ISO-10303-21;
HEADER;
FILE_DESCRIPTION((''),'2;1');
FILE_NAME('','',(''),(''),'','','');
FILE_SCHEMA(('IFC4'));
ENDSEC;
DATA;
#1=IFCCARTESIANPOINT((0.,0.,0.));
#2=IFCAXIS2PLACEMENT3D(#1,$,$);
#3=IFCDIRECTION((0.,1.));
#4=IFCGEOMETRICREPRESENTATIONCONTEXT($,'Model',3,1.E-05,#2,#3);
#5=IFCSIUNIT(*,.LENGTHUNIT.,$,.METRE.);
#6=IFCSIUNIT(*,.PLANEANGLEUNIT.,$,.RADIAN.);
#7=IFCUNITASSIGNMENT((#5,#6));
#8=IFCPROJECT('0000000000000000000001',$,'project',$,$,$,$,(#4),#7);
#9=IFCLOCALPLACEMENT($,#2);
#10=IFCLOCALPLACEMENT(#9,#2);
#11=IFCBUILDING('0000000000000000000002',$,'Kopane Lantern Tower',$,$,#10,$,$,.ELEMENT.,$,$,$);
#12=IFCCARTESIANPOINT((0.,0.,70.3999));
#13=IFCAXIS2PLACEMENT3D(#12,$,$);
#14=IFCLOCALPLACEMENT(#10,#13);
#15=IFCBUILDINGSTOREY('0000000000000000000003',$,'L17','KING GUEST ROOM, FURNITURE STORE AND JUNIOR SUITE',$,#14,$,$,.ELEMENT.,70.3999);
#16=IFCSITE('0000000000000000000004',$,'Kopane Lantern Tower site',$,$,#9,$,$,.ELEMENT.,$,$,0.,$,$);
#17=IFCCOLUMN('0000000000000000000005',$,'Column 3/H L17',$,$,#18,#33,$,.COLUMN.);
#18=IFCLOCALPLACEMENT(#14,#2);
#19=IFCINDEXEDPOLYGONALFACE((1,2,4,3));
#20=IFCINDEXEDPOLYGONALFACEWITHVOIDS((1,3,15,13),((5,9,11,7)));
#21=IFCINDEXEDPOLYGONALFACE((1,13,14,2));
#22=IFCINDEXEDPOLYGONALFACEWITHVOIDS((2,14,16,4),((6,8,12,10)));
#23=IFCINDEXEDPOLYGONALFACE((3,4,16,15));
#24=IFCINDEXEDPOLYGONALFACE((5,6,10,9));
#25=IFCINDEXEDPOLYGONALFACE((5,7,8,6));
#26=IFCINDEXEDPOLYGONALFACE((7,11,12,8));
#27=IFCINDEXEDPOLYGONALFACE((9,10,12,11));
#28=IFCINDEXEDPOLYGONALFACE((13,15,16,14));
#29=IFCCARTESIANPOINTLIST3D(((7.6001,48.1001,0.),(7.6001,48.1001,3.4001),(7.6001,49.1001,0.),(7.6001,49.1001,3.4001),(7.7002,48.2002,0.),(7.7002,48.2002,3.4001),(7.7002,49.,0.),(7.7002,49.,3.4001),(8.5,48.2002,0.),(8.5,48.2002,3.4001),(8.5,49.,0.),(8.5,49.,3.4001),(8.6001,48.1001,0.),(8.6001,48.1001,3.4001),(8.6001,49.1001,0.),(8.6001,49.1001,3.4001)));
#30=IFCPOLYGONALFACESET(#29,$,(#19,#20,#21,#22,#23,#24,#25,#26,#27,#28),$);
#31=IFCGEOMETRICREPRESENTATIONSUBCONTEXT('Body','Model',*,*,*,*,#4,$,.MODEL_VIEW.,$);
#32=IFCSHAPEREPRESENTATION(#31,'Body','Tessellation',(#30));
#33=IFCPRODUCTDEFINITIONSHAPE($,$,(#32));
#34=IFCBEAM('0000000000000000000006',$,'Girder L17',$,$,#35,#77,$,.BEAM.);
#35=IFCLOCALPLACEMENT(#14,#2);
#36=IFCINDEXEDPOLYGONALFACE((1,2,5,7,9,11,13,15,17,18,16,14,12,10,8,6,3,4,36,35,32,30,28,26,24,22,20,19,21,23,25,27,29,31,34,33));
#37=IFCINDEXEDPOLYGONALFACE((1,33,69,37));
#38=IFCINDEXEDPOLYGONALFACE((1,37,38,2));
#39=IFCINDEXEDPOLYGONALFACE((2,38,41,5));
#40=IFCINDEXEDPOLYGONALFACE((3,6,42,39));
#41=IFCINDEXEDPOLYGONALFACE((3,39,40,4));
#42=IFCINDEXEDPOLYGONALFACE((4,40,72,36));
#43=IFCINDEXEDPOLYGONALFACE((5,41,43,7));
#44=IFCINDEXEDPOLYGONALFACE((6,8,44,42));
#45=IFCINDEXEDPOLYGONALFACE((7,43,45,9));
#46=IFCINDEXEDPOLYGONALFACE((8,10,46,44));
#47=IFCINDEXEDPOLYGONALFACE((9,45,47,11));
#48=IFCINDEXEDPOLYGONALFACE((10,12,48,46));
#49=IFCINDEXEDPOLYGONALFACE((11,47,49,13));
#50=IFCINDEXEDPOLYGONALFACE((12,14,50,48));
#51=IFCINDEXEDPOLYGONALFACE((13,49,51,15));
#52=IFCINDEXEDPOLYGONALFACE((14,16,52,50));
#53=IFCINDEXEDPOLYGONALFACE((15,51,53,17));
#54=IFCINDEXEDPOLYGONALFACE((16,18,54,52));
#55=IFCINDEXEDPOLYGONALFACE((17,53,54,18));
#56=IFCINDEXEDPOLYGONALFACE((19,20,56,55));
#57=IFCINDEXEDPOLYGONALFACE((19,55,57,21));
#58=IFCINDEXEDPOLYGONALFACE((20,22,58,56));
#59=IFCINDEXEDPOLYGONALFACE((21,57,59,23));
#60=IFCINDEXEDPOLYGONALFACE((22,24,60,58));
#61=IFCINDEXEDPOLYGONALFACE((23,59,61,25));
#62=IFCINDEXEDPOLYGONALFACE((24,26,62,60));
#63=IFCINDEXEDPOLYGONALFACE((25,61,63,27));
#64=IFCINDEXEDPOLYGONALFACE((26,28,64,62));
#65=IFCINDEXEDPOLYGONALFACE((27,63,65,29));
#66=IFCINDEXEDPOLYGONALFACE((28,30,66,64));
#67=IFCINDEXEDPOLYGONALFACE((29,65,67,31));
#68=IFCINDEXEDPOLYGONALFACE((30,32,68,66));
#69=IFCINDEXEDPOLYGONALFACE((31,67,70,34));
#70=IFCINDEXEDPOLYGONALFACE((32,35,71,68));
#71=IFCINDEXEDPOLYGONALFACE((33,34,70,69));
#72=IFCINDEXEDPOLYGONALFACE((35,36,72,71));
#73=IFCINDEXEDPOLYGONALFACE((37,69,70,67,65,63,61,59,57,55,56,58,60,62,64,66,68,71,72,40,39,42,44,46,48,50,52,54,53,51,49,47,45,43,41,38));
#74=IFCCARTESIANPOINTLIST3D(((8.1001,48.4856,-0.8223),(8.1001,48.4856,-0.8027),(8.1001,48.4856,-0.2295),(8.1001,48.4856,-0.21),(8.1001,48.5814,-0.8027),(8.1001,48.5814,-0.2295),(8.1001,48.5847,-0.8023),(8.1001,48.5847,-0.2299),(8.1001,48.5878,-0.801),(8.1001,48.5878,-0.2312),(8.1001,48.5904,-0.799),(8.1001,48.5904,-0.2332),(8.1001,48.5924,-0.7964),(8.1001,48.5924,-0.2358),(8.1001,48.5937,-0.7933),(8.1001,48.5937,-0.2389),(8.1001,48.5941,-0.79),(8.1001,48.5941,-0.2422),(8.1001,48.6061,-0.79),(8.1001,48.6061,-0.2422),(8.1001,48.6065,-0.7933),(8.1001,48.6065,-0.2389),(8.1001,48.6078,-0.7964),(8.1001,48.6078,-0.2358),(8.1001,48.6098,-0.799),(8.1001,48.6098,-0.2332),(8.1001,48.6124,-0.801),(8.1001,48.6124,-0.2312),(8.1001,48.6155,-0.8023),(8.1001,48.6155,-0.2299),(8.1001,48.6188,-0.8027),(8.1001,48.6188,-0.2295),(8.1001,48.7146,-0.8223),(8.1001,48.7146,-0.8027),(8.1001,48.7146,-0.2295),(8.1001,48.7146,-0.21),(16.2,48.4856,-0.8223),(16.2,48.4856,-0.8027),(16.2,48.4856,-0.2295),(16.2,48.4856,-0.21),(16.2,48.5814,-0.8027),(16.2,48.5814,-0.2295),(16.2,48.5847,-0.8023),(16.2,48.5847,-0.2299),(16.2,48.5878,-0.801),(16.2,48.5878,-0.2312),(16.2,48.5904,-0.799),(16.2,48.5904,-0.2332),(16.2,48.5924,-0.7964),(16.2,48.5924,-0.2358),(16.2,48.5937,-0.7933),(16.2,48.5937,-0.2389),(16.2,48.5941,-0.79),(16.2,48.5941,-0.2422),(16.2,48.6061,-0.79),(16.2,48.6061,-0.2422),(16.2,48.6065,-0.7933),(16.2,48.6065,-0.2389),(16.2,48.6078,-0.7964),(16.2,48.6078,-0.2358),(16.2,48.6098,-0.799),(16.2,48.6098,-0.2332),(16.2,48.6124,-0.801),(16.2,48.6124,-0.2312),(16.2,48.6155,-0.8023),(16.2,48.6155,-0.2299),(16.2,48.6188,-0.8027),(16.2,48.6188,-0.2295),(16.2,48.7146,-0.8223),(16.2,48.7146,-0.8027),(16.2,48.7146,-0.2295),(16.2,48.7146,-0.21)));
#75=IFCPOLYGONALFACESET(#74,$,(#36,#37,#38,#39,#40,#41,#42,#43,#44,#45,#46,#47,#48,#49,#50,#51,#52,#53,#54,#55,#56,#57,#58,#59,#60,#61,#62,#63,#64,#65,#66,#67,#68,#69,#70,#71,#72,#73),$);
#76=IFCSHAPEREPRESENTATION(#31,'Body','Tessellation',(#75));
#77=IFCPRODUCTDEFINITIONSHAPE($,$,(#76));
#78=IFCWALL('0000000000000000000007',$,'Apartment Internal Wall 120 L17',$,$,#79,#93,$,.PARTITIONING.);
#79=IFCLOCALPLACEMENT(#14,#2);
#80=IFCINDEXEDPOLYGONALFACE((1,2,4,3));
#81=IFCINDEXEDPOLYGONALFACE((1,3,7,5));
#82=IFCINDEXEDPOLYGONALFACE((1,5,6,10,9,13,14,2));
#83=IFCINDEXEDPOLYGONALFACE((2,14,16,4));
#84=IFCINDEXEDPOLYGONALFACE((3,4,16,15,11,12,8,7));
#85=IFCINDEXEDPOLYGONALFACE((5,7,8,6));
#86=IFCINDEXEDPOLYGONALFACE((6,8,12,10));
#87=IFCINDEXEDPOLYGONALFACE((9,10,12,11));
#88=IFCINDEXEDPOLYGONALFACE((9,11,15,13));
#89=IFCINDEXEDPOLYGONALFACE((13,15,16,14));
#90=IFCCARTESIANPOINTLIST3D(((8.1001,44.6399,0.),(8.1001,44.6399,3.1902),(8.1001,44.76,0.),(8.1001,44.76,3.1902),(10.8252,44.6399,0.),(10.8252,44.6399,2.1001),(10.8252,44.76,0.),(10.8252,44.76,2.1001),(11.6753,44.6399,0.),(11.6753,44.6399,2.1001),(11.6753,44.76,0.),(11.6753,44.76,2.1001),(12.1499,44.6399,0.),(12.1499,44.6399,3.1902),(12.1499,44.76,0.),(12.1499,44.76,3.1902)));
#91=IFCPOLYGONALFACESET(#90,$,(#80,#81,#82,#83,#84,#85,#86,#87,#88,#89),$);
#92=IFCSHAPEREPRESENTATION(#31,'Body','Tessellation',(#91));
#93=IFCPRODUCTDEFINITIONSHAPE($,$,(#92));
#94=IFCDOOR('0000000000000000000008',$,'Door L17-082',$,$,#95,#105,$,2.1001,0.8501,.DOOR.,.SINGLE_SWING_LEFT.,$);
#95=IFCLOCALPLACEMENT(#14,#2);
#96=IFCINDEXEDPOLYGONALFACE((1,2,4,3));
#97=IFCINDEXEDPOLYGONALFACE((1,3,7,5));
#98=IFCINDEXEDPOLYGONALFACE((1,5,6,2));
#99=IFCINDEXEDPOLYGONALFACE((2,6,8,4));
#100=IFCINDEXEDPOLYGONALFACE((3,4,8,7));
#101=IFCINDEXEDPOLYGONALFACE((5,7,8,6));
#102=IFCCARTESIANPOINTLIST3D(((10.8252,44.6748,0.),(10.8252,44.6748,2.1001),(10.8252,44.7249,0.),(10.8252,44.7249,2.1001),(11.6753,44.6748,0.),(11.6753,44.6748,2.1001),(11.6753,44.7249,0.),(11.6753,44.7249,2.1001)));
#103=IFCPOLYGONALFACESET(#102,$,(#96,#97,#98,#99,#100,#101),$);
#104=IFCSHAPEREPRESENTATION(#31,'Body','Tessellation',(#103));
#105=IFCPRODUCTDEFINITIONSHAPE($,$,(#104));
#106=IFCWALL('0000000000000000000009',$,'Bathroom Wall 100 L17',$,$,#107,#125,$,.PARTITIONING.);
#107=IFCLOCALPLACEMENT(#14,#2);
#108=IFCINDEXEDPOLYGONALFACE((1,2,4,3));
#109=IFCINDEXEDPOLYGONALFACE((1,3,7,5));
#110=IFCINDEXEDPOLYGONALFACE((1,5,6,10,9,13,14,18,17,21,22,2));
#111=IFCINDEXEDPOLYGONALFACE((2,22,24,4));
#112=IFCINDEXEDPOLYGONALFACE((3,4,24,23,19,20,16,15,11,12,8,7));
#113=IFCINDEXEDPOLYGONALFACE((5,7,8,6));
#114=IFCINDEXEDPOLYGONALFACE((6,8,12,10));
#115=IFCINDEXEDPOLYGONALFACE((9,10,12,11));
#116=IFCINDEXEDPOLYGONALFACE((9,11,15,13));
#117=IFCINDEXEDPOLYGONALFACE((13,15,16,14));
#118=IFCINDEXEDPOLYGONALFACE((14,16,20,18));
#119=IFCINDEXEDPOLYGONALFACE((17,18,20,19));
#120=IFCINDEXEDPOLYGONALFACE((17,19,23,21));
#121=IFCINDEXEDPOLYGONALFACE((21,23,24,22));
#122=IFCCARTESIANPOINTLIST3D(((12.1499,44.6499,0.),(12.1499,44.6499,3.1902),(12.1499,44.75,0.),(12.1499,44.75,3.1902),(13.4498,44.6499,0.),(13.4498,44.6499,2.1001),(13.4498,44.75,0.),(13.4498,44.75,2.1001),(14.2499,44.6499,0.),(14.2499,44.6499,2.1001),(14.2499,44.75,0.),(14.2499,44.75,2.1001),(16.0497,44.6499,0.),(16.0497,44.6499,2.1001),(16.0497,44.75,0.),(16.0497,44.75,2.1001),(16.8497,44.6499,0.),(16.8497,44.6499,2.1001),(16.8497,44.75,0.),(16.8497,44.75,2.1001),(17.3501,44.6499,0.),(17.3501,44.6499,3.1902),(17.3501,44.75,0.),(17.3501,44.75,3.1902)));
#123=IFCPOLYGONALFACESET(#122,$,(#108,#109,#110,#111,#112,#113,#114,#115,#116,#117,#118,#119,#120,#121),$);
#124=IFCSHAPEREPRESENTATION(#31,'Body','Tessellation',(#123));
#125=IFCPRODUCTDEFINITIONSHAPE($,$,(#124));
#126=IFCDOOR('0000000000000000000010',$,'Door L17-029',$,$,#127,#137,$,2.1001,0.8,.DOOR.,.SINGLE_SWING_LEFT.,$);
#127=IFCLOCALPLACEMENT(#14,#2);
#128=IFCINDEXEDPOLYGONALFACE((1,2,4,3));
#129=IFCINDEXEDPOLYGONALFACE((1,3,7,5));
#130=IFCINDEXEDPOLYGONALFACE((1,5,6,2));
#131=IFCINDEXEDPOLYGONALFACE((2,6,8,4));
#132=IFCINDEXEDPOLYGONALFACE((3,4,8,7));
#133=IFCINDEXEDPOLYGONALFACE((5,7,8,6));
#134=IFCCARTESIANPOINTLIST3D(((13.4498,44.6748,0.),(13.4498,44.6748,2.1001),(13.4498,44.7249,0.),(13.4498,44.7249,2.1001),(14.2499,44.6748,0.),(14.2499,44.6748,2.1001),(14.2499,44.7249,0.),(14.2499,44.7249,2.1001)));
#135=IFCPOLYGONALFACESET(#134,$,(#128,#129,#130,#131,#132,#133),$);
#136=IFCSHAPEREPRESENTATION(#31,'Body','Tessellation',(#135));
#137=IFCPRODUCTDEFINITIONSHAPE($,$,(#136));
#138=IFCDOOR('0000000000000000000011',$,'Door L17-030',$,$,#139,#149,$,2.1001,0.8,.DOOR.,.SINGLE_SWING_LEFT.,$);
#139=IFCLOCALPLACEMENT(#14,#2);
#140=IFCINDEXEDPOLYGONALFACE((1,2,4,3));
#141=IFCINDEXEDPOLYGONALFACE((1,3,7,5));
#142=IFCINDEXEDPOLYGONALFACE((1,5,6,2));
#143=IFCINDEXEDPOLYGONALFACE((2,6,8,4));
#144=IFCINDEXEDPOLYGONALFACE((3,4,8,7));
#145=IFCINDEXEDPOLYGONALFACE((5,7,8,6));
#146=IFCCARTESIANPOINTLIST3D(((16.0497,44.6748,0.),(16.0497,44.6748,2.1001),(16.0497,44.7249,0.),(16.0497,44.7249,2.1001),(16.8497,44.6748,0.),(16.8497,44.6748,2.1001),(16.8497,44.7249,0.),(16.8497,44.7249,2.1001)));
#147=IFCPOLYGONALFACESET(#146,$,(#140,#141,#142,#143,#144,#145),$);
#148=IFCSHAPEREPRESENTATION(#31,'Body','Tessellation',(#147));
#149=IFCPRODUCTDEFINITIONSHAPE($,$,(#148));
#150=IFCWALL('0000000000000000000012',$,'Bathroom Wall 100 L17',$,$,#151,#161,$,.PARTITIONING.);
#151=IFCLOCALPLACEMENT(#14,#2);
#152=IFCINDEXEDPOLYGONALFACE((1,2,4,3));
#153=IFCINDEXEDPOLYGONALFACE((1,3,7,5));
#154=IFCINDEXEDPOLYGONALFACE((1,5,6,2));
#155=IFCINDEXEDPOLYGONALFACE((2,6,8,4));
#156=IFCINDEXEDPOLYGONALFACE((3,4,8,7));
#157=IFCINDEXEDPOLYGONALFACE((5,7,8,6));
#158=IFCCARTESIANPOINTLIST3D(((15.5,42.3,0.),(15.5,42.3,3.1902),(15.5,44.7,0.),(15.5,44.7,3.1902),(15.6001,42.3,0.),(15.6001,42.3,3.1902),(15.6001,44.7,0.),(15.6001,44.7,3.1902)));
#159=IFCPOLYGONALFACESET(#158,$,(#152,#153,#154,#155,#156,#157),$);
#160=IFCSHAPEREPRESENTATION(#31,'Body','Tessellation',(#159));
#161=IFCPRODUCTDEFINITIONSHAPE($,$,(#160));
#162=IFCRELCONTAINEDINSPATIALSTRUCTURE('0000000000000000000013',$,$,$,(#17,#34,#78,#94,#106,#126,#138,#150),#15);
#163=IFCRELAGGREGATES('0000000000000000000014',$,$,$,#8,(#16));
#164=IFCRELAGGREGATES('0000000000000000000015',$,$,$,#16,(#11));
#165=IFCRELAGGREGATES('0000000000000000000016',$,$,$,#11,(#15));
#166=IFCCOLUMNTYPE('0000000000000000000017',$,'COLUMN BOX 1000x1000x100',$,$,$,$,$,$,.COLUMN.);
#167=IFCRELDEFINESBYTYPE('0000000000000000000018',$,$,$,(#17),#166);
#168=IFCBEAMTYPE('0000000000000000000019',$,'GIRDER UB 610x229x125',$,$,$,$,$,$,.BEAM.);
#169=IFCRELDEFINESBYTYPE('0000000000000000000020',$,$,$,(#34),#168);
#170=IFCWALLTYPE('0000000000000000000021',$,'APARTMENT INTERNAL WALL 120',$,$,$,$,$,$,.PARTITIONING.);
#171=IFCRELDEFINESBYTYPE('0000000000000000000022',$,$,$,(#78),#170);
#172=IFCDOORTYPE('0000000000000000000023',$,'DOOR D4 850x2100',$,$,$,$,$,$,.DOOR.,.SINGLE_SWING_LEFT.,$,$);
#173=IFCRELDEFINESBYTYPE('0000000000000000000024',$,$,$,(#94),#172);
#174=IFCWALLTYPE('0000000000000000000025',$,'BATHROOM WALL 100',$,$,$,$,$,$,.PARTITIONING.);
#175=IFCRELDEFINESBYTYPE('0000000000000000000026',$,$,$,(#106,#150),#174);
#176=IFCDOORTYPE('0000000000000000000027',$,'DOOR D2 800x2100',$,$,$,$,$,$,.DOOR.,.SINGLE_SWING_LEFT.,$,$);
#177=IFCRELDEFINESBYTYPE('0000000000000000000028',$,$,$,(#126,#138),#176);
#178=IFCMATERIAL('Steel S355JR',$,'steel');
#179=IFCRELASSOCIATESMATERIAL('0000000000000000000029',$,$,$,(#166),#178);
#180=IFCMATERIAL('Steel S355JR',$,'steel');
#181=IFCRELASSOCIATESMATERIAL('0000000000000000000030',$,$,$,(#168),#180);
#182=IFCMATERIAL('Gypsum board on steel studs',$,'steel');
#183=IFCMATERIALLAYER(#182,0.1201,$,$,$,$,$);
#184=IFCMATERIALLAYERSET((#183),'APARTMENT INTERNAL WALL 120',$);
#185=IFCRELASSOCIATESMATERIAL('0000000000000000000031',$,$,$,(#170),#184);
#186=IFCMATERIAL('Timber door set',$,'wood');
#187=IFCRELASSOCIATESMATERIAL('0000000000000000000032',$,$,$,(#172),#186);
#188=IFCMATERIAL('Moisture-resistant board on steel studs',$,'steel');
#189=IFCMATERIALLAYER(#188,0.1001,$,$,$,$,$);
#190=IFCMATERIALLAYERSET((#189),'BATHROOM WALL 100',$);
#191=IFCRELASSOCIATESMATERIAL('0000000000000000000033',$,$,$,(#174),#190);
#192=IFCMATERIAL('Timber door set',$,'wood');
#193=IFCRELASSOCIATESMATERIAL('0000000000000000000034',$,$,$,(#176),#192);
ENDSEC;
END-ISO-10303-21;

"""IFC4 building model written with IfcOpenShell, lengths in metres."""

from ifc_helpers import new_model, si_unit, direction, frame, frame_2d, origin, origin_2d, place, context, subcontext, project, spatial, rectangle, hollow_rectangle, i_section, extrude, material, layer, layer_set, material_profile, profile_set, type_object, element, fill, save


model = new_model("IFC4")

# Units and contexts
model_context = context("Model", 3, precision=1e-05, world=origin(), true_north=direction((0.0, 1.0)))
body_context = subcontext(model_context, "Body", "Model", "MODEL_VIEW")
ifc_project = project(units=[si_unit("LENGTHUNIT", "METRE"), si_unit("PLANEANGLEUNIT", "RADIAN")], contexts=[model_context])

# Site, building, storey
site_placement = place(None, origin())
site = spatial("IfcSite", under=ifc_project, at=site_placement, Name="Kopane Lantern Tower site", CompositionType="ELEMENT", RefElevation=0.0)
building_placement = place(site_placement, origin())
building = spatial("IfcBuilding", under=site, at=building_placement, Name="Kopane Lantern Tower", CompositionType="ELEMENT")
storey_placement = place(building_placement, frame((0.0, 0.0, 70.3999)))
storey = spatial("IfcBuildingStorey", under=building, at=storey_placement, Name="L17", Description="KING GUEST ROOM, FURNITURE STORE AND JUNIOR SUITE", CompositionType="ELEMENT", Elevation=70.3999)

# Column
ifc_material_1 = material(Name="Steel S355JR", Category="steel")
ifc_material_profile_1 = material_profile(ifc_material_1, hollow_rectangle(XDim=1.0, YDim=1.0, WallThickness=0.1001, at=origin_2d()), Name="BOX 1000x1000x100")
ifc_profile_set_1 = profile_set([ifc_material_profile_1], Name="Steel S355JR")
column_type = type_object("IfcColumnType", Name="COLUMN BOX 1000x1000x100", PredefinedType="COLUMN", material=ifc_profile_set_1)
column_placement = place(storey_placement, frame((8.1001, 48.6001, 0.0), z_axis=(0.0, 0.0, 1.0), x_axis=(1.0, 0.0, 0.0)))
element("IfcColumn", 1, at=column_placement, inside=storey, type_object=column_type, Name="Column 3/H L17", PredefinedType="COLUMN", context=body_context, shape_type="SweptSolid", body=[
    extrude(hollow_rectangle(XDim=1.0, YDim=1.0, WallThickness=0.1001, at=origin_2d()), origin(), (0.0, 0.0, 1.0), 3.4001),
])

# Beam
ifc_material_2 = material(Name="Steel S355JR", Category="steel")
ifc_material_profile_2 = material_profile(ifc_material_2, i_section(OverallWidth=0.229, OverallDepth=0.6123, WebThickness=0.012, FlangeThickness=0.0195, FilletRadius=0.0127, at=origin_2d()), Name="UB 610x229x125")
ifc_profile_set_2 = profile_set([ifc_material_profile_2], Name="Steel S355JR")
beam_type = type_object("IfcBeamType", Name="GIRDER UB 610x229x125", PredefinedType="BEAM", material=ifc_profile_set_2)
beam_placement = place(storey_placement, frame((8.1001, 48.6001, -0.5161), z_axis=(1.0, 0.0, 0.0), x_axis=(0.0, 1.0, 0.0)))
element("IfcBeam", 2, at=beam_placement, inside=storey, type_object=beam_type, Name="Girder L17", PredefinedType="BEAM", context=body_context, shape_type="SweptSolid", body=[
    extrude(i_section(OverallWidth=0.229, OverallDepth=0.6123, WebThickness=0.012, FlangeThickness=0.0195, FilletRadius=0.0127, at=origin_2d()), origin(), (0.0, 0.0, 1.0), 8.0999),
])

# Wall, opening, door
ifc_material_3 = material(Name="Gypsum board on steel studs", Category="steel")
ifc_layer_1 = layer(ifc_material_3, 0.1201)
ifc_layer_set_1 = layer_set([ifc_layer_1], Name="APARTMENT INTERNAL WALL 120")
wall_type_1 = type_object("IfcWallType", Name="APARTMENT INTERNAL WALL 120", PredefinedType="PARTITIONING", material=ifc_layer_set_1)
wall_1_placement = place(storey_placement, frame((8.1001, 44.7, 0.0), z_axis=(0.0, 0.0, 1.0), x_axis=(1.0, 0.0, 0.0)))
wall_1 = element("IfcWall", 3, at=wall_1_placement, inside=storey, type_object=wall_type_1, Name="Apartment Internal Wall 120 L17", PredefinedType="PARTITIONING", context=body_context, shape_type="SweptSolid", body=[
    extrude(rectangle(XDim=4.0498, YDim=0.1201, at=frame_2d((2.0249, 0.0))), origin(), (0.0, 0.0, 1.0), 3.1902),
])
opening_1_placement = place(wall_1_placement, frame((2.7251, 0.0, 0.0)))
opening_1 = element("IfcOpeningElement", 4, at=opening_1_placement, cuts=wall_1, PredefinedType="OPENING", context=body_context, shape_type="SweptSolid", body=[
    extrude(rectangle(XDim=0.8501, YDim=2.1001, at=frame_2d((0.425, 1.05))), frame((0.0, 0.0701, 0.0), z_axis=(0.0, -1.0, 0.0), x_axis=(1.0, 0.0, 0.0)), (0.0, 0.0, 1.0), 0.1401),
])
ifc_material_4 = material(Name="Timber door set", Category="wood")
door_type_1 = type_object("IfcDoorType", Name="DOOR D4 850x2100", OperationType="SINGLE_SWING_LEFT", PredefinedType="DOOR", material=ifc_material_4)
door_1_placement = place(opening_1_placement, origin())
door_1 = element("IfcDoor", 5, at=door_1_placement, inside=storey, type_object=door_type_1, Name="Door L17-082", OperationType="SINGLE_SWING_LEFT", OverallHeight=2.1001, OverallWidth=0.8501, PredefinedType="DOOR", context=body_context, shape_type="SweptSolid", body=[
    extrude(rectangle(XDim=0.8501, YDim=2.1001, at=frame_2d((0.425, 1.05))), frame((0.0, 0.0249, 0.0), z_axis=(0.0, -1.0, 0.0), x_axis=(1.0, 0.0, 0.0)), (0.0, 0.0, 1.0), 0.05),
])
fill(opening_1, door_1)

# Wall, openings, doors
ifc_material_5 = material(Name="Moisture-resistant board on steel studs", Category="steel")
ifc_layer_2 = layer(ifc_material_5, 0.1001)
ifc_layer_set_2 = layer_set([ifc_layer_2], Name="BATHROOM WALL 100")
wall_type_2 = type_object("IfcWallType", Name="BATHROOM WALL 100", PredefinedType="PARTITIONING", material=ifc_layer_set_2)
wall_2_placement = place(storey_placement, frame((12.1499, 44.7, 0.0), z_axis=(0.0, 0.0, 1.0), x_axis=(1.0, 0.0, 0.0)))
wall_2 = element("IfcWall", 6, at=wall_2_placement, inside=storey, type_object=wall_type_2, Name="Bathroom Wall 100 L17", PredefinedType="PARTITIONING", context=body_context, shape_type="SweptSolid", body=[
    extrude(rectangle(XDim=5.2002, YDim=0.1001, at=frame_2d((2.6001, 0.0))), origin(), (0.0, 0.0, 1.0), 3.1902),
])
opening_2_placement = place(wall_2_placement, frame((1.3, 0.0, 0.0)))
opening_2 = element("IfcOpeningElement", 7, at=opening_2_placement, cuts=wall_2, PredefinedType="OPENING", context=body_context, shape_type="SweptSolid", body=[
    extrude(rectangle(XDim=0.8, YDim=2.1001, at=frame_2d((0.3999, 1.05))), frame((0.0, 0.0601, 0.0), z_axis=(0.0, -1.0, 0.0), x_axis=(1.0, 0.0, 0.0)), (0.0, 0.0, 1.0), 0.1201),
])
opening_3_placement = place(wall_2_placement, frame((3.8999, 0.0, 0.0)))
opening_3 = element("IfcOpeningElement", 8, at=opening_3_placement, cuts=wall_2, PredefinedType="OPENING", context=body_context, shape_type="SweptSolid", body=[
    extrude(rectangle(XDim=0.8, YDim=2.1001, at=frame_2d((0.3999, 1.05))), frame((0.0, 0.0601, 0.0), z_axis=(0.0, -1.0, 0.0), x_axis=(1.0, 0.0, 0.0)), (0.0, 0.0, 1.0), 0.1201),
])
ifc_material_6 = material(Name="Timber door set", Category="wood")
door_type_2 = type_object("IfcDoorType", Name="DOOR D2 800x2100", OperationType="SINGLE_SWING_LEFT", PredefinedType="DOOR", material=ifc_material_6)
door_2_placement = place(opening_2_placement, origin())
door_2 = element("IfcDoor", 9, at=door_2_placement, inside=storey, type_object=door_type_2, Name="Door L17-029", OperationType="SINGLE_SWING_LEFT", OverallHeight=2.1001, OverallWidth=0.8, PredefinedType="DOOR", context=body_context, shape_type="SweptSolid", body=[
    extrude(rectangle(XDim=0.8, YDim=2.1001, at=frame_2d((0.3999, 1.05))), frame((0.0, 0.0249, 0.0), z_axis=(0.0, -1.0, 0.0), x_axis=(1.0, 0.0, 0.0)), (0.0, 0.0, 1.0), 0.05),
])
fill(opening_2, door_2)
door_3_placement = place(opening_3_placement, origin())
door_3 = element("IfcDoor", 10, at=door_3_placement, inside=storey, type_object=door_type_2, Name="Door L17-030", OperationType="SINGLE_SWING_LEFT", OverallHeight=2.1001, OverallWidth=0.8, PredefinedType="DOOR", context=body_context, shape_type="SweptSolid", body=[
    extrude(rectangle(XDim=0.8, YDim=2.1001, at=frame_2d((0.3999, 1.05))), frame((0.0, 0.0249, 0.0), z_axis=(0.0, -1.0, 0.0), x_axis=(1.0, 0.0, 0.0)), (0.0, 0.0, 1.0), 0.05),
])
fill(opening_3, door_3)

# Wall
wall_3_placement = place(storey_placement, frame((15.55, 42.3, 0.0), z_axis=(0.0, 0.0, 1.0), x_axis=(0.0, 1.0, 0.0)))
element("IfcWall", 11, at=wall_3_placement, inside=storey, type_object=wall_type_2, Name="Bathroom Wall 100 L17", PredefinedType="PARTITIONING", context=body_context, shape_type="SweptSolid", body=[
    extrude(rectangle(XDim=2.3999, YDim=0.1001, at=frame_2d((1.2, 0.0))), origin(), (0.0, 0.0, 1.0), 3.1902),
])

save(model, "model.ifc")
